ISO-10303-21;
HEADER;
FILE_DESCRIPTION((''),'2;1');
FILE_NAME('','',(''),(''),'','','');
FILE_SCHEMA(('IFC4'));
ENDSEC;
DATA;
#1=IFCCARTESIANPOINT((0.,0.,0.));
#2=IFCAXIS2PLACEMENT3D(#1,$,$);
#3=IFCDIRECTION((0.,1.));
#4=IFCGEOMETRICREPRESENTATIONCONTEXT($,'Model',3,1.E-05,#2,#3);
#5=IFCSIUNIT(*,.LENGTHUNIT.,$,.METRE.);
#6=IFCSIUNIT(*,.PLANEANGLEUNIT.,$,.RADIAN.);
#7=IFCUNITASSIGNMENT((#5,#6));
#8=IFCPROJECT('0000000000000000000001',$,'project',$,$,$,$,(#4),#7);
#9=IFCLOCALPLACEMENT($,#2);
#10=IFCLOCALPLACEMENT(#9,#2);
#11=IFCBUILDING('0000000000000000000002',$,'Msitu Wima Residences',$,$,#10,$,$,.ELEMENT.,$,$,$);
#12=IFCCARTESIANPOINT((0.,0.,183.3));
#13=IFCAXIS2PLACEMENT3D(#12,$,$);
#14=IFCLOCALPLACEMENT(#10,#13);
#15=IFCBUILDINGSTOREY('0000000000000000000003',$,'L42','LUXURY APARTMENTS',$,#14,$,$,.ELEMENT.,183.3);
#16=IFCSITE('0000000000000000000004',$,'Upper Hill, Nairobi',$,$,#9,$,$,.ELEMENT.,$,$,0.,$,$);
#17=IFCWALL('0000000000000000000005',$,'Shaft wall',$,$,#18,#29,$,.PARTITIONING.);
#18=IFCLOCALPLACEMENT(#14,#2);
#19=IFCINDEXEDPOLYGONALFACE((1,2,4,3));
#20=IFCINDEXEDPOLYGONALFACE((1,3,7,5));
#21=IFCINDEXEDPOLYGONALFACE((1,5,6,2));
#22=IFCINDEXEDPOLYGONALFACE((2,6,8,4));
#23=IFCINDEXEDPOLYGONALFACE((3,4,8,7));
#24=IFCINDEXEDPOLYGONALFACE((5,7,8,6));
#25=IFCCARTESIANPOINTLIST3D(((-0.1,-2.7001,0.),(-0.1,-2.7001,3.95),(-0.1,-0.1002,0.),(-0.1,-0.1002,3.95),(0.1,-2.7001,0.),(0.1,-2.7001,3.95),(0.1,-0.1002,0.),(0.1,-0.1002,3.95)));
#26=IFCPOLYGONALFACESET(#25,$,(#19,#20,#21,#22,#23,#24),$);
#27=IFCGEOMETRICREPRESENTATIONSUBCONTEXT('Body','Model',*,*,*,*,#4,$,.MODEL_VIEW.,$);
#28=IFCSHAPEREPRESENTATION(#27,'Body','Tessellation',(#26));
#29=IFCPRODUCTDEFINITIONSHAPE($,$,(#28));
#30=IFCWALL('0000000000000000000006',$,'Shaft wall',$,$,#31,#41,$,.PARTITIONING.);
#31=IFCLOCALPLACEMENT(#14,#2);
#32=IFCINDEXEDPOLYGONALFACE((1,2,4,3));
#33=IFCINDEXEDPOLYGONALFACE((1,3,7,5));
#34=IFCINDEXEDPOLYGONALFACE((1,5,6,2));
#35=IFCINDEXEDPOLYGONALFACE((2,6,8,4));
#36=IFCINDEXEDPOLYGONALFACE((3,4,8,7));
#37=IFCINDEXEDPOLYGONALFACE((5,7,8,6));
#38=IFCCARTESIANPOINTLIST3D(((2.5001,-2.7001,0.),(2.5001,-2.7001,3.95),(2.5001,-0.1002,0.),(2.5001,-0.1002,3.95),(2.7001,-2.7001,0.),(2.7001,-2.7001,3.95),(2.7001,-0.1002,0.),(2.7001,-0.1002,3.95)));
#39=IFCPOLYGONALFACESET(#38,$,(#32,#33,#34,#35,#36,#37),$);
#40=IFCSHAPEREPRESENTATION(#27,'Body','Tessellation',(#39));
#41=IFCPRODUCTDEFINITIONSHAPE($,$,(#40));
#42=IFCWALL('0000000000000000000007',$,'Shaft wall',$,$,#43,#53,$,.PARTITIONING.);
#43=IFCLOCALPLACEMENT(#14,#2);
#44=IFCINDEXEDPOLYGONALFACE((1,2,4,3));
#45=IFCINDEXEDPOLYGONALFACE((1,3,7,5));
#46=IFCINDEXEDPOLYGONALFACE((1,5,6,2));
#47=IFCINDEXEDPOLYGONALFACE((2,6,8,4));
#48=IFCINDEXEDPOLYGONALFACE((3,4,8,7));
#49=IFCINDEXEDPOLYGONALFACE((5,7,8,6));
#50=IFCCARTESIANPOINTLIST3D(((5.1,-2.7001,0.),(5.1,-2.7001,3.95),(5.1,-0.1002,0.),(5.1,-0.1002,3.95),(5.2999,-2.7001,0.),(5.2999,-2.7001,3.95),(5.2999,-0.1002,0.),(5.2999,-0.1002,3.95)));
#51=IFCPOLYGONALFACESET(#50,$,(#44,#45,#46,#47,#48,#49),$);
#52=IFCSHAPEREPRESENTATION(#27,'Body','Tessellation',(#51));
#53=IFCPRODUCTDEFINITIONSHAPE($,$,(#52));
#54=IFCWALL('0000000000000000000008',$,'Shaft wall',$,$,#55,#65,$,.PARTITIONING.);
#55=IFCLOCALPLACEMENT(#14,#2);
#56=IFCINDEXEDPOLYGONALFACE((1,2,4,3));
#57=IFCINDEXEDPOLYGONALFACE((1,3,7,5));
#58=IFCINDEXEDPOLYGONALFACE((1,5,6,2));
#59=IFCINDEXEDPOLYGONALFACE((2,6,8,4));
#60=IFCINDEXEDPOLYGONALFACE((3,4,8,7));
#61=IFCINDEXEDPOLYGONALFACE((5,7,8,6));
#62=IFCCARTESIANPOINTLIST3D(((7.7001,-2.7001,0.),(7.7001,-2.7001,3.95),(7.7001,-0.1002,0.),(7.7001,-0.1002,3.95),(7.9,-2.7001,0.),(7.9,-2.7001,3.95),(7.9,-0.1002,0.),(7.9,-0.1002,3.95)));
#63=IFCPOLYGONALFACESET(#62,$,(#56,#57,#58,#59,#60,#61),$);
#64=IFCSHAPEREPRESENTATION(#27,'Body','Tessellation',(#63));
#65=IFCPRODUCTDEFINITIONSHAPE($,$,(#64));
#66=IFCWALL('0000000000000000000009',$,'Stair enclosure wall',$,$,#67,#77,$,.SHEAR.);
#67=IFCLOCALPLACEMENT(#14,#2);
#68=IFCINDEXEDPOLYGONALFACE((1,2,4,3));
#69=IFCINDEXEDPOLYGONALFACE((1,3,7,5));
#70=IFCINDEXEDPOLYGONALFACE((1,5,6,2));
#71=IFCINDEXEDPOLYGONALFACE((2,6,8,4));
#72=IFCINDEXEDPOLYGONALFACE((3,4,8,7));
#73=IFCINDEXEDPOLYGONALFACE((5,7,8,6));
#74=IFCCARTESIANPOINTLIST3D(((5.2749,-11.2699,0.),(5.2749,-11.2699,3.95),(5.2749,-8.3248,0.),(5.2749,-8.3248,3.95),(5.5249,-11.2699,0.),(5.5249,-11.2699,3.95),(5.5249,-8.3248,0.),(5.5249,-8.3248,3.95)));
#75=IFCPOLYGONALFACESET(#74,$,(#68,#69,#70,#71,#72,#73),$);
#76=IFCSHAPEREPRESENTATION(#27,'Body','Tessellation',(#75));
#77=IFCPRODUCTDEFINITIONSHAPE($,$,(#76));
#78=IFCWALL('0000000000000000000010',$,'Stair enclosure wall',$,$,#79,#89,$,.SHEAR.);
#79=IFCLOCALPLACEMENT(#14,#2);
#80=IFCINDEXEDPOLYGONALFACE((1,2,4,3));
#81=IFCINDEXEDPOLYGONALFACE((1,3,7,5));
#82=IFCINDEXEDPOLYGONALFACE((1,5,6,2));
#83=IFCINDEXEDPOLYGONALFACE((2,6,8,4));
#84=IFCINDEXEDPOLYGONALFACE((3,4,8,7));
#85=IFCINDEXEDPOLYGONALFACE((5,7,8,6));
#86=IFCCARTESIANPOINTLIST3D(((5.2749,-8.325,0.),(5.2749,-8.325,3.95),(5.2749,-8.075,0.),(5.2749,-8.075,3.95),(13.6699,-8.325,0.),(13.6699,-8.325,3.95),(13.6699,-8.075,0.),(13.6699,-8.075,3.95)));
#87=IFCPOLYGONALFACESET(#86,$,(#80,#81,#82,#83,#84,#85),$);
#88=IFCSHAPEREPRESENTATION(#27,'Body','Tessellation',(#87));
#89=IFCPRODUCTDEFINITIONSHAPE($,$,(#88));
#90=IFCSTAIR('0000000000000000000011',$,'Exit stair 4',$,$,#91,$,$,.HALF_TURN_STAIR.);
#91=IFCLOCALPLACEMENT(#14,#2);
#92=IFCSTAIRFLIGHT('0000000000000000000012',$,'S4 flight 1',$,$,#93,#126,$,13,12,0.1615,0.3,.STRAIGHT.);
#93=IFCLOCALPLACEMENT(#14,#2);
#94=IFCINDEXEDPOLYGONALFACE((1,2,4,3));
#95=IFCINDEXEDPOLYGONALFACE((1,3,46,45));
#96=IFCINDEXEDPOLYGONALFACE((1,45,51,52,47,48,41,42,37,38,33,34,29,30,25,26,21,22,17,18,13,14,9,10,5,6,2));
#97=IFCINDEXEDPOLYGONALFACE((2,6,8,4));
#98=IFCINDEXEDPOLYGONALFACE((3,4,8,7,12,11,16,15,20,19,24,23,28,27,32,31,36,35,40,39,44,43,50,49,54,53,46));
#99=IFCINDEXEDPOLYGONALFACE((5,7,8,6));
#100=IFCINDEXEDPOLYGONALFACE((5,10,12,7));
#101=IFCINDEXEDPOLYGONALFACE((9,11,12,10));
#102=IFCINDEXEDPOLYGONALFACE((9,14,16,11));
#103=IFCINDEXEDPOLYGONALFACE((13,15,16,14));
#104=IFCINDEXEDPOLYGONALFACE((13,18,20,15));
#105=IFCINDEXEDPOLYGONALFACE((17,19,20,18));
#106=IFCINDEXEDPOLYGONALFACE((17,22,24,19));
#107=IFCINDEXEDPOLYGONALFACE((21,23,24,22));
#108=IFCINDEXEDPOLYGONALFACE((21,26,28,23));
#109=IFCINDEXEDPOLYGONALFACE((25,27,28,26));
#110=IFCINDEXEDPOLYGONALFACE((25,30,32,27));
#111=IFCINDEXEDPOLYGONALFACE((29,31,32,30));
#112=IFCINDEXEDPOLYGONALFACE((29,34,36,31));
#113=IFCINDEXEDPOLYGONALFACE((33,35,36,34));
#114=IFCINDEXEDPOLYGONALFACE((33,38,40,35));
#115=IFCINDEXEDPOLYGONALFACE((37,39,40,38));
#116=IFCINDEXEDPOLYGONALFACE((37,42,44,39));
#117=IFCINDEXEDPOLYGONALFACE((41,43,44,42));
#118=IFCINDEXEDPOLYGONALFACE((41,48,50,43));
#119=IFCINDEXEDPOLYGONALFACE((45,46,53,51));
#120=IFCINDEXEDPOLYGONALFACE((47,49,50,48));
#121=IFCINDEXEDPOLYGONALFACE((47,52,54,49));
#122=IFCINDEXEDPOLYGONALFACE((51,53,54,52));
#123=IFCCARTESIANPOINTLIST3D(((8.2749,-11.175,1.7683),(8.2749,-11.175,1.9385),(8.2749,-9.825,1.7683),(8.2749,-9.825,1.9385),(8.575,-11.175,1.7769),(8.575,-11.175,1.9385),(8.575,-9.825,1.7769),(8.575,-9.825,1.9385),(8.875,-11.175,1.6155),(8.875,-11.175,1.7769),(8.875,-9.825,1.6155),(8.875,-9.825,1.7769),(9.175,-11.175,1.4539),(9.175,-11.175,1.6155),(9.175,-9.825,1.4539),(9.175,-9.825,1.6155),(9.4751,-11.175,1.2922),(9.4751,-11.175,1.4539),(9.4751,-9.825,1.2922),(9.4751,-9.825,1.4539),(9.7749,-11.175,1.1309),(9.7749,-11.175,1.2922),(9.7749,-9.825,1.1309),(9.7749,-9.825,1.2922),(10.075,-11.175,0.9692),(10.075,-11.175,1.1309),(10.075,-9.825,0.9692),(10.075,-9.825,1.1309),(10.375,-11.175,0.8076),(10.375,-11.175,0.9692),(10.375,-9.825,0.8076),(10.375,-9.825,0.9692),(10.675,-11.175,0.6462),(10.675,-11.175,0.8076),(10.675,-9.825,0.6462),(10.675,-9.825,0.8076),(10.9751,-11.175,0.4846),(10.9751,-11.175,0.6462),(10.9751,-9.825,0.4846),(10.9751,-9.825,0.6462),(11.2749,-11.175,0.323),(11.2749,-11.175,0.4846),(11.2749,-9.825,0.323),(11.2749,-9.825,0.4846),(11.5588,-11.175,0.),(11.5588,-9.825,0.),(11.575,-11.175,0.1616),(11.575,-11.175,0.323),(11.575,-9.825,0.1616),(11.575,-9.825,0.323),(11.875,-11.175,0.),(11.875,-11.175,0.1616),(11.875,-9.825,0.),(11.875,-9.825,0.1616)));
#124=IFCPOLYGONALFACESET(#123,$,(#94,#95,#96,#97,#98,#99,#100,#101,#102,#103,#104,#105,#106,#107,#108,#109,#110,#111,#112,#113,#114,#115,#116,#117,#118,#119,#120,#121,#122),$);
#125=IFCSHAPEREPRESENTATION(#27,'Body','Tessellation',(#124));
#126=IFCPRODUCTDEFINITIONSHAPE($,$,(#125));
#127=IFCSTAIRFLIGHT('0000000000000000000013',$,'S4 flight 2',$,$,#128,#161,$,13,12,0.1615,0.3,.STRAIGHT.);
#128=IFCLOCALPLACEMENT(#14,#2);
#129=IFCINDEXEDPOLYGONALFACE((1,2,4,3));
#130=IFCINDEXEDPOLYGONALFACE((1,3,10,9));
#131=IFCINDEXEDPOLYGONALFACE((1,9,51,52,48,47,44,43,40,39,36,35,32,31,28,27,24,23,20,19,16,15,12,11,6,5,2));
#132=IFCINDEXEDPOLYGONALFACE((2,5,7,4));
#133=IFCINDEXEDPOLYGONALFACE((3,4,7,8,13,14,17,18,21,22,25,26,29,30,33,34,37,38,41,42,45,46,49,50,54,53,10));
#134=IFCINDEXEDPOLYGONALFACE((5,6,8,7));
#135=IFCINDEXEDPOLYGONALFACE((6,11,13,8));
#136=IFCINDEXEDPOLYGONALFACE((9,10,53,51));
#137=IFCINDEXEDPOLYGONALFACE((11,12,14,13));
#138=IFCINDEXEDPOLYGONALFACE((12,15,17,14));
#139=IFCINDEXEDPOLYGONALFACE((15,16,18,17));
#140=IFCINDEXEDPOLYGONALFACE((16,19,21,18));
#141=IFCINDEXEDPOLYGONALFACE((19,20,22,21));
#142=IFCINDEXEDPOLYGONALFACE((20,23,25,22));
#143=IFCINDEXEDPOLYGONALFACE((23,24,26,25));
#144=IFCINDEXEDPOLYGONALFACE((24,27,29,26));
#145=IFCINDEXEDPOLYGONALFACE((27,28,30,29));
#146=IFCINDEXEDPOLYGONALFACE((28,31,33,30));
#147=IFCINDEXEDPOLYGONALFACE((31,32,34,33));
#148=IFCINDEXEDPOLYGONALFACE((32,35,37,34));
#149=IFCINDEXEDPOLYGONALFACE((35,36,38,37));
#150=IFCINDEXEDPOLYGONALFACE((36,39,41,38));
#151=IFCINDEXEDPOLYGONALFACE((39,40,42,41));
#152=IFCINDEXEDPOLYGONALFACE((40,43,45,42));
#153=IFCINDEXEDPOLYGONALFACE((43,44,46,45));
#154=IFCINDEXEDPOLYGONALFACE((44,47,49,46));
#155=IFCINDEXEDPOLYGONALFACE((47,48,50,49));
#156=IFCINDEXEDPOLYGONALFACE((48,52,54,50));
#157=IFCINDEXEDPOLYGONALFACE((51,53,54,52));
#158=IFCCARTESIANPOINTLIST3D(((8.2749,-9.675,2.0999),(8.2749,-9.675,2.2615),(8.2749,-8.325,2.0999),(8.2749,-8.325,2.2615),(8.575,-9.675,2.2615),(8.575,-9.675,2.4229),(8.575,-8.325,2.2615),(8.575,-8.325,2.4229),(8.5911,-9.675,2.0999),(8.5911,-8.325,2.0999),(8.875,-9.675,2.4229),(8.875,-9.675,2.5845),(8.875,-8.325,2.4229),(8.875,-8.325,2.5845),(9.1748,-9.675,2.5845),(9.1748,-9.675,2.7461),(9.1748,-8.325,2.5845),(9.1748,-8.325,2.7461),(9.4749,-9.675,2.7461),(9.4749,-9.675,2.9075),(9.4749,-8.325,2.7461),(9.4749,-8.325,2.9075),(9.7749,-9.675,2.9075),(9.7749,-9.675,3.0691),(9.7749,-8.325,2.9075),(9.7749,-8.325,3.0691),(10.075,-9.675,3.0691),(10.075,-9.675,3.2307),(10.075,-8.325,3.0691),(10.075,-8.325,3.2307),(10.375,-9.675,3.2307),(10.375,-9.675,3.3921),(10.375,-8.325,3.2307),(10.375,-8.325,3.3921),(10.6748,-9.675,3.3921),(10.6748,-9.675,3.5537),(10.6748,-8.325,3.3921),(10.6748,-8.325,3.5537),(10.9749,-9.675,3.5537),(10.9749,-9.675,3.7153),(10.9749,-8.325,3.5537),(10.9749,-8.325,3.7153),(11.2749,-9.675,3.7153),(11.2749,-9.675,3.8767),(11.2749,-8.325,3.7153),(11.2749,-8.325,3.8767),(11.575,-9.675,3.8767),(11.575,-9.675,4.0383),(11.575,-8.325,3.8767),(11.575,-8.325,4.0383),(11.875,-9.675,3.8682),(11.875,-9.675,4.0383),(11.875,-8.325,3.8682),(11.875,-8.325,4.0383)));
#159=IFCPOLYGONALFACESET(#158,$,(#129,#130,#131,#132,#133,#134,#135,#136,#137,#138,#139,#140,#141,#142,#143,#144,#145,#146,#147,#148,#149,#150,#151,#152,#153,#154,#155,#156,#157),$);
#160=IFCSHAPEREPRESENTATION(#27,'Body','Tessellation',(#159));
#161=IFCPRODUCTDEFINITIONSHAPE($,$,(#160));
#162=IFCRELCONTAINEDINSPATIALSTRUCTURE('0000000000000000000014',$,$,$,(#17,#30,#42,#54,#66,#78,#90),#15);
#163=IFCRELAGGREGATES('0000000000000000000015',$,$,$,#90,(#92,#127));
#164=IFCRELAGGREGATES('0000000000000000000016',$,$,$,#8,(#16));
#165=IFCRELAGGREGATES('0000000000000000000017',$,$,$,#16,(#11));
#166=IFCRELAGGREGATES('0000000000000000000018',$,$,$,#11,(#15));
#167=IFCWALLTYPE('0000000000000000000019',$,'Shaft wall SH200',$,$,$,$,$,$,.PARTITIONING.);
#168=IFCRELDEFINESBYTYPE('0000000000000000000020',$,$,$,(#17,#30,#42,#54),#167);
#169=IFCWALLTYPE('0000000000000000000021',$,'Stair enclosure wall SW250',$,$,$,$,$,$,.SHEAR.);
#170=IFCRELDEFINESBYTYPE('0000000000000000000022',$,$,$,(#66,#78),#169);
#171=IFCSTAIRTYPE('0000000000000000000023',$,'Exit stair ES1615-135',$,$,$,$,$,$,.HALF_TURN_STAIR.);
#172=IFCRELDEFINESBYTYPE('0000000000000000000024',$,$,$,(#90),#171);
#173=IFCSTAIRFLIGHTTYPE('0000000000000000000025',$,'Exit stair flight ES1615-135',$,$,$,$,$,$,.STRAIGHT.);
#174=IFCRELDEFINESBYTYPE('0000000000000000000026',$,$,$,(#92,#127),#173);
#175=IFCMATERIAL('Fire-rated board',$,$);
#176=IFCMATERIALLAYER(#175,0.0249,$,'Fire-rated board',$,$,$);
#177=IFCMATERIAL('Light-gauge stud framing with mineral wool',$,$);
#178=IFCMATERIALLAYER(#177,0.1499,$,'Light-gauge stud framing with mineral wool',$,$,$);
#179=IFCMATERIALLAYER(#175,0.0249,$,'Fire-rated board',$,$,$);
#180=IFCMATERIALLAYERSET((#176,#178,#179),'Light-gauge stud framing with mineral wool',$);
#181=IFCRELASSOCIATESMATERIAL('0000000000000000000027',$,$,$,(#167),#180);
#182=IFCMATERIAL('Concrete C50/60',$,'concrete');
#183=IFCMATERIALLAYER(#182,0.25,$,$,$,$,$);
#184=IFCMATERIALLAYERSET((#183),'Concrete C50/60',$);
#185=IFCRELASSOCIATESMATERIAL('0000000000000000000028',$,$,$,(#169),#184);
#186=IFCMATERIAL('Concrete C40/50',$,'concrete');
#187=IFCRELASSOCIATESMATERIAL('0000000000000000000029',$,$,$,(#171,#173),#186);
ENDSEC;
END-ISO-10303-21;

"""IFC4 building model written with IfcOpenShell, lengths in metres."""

from ifc_helpers import new_model, si_unit, direction, frame, frame_2d, origin, place, context, subcontext, project, spatial, polyline, rectangle, outline, extrude, material, layer, layer_set, type_object, element, aggregate, save


model = new_model("IFC4")

# Units and contexts
model_context = context("Model", 3, precision=1e-05, world=origin(), true_north=direction((0.0, 1.0)))
body_context = subcontext(model_context, "Body", "Model", "MODEL_VIEW")
ifc_project = project(units=[si_unit("LENGTHUNIT", "METRE"), si_unit("PLANEANGLEUNIT", "RADIAN")], contexts=[model_context])

# Site, building, storey
site_placement = place(None, origin())
site = spatial("IfcSite", under=ifc_project, at=site_placement, Name="Upper Hill, Nairobi", CompositionType="ELEMENT", RefElevation=0.0)
building_placement = place(site_placement, origin())
building = spatial("IfcBuilding", under=site, at=building_placement, Name="Msitu Wima Residences", CompositionType="ELEMENT")
storey_placement = place(building_placement, frame((0.0, 0.0, 183.3)))
storey = spatial("IfcBuildingStorey", under=building, at=storey_placement, Name="L42", Description="LUXURY APARTMENTS", CompositionType="ELEMENT", Elevation=183.3)

# Shared definitions
ifc_material_1 = material(Name="Concrete C40/50", Category="concrete")

# Walls
ifc_material_2 = material(Name="Fire-rated board")
ifc_layer_1 = layer(ifc_material_2, 0.0249, Name="Fire-rated board")
ifc_material_3 = material(Name="Light-gauge stud framing with mineral wool")
ifc_layer_2 = layer(ifc_material_3, 0.1499, Name="Light-gauge stud framing with mineral wool")
ifc_layer_3 = layer(ifc_material_2, 0.0249, Name="Fire-rated board")
ifc_layer_set_1 = layer_set([ifc_layer_1, ifc_layer_2, ifc_layer_3], Name="Light-gauge stud framing with mineral wool")
wall_type_1 = type_object("IfcWallType", Name="Shaft wall SH200", PredefinedType="PARTITIONING", material=ifc_layer_set_1)
for number, where, z_axis, x_axis, name in (
    (1, (0.0, -2.7, 0.0), (0.0, 0.0, 1.0), (0.0, 1.0, 0.0), "Shaft wall"),
    (2, (2.6001, -2.7, 0.0), (0.0, 0.0, 1.0), (0.0, 1.0, 0.0), "Shaft wall"),
    (3, (5.2, -2.7, 0.0), (0.0, 0.0, 1.0), (0.0, 1.0, 0.0), "Shaft wall"),
    (4, (7.8, -2.7, 0.0), (0.0, 0.0, 1.0), (0.0, 1.0, 0.0), "Shaft wall"),
):
    element("IfcWall", number, at=place(storey_placement, frame(where, z_axis=z_axis, x_axis=x_axis)), inside=storey, type_object=wall_type_1, Name=name, PredefinedType="PARTITIONING", context=body_context, shape_type="SweptSolid", body=[
        extrude(rectangle(XDim=2.5999, YDim=0.2, at=frame_2d((1.2998, 0.0))), origin(), (0.0, 0.0, 1.0), 3.95),
    ])
ifc_material_4 = material(Name="Concrete C50/60", Category="concrete")
ifc_layer_4 = layer(ifc_material_4, 0.25)
ifc_layer_set_2 = layer_set([ifc_layer_4], Name="Concrete C50/60")
wall_type_2 = type_object("IfcWallType", Name="Stair enclosure wall SW250", PredefinedType="SHEAR", material=ifc_layer_set_2)
wall_1_placement = place(storey_placement, frame((5.3999, -11.27, 0.0), z_axis=(0.0, 0.0, 1.0), x_axis=(0.0, 1.0, 0.0)))
element("IfcWall", 5, at=wall_1_placement, inside=storey, type_object=wall_type_2, Name="Stair enclosure wall", PredefinedType="SHEAR", context=body_context, shape_type="SweptSolid", body=[
    extrude(rectangle(XDim=2.9451, YDim=0.25, at=frame_2d((1.4727, 0.0))), origin(), (0.0, 0.0, 1.0), 3.95),
])
wall_2_placement = place(storey_placement, frame((5.2749, -8.2, 0.0), z_axis=(0.0, 0.0, 1.0), x_axis=(1.0, 0.0, 0.0)))
element("IfcWall", 6, at=wall_2_placement, inside=storey, type_object=wall_type_2, Name="Stair enclosure wall", PredefinedType="SHEAR", context=body_context, shape_type="SweptSolid", body=[
    extrude(rectangle(XDim=8.395, YDim=0.25, at=frame_2d((4.1975, 0.0))), origin(), (0.0, 0.0, 1.0), 3.95),
])

# Stair, stair flights
stair_type = type_object("IfcStairType", Name="Exit stair ES1615-135", PredefinedType="HALF_TURN_STAIR", material=ifc_material_1)
stair_placement = place(storey_placement, origin())
stair = element("IfcStair", 7, at=stair_placement, inside=storey, type_object=stair_type, Name="Exit stair 4", PredefinedType="HALF_TURN_STAIR")
stair_flight_type = type_object("IfcStairFlightType", Name="Exit stair flight ES1615-135", PredefinedType="STRAIGHT", material=ifc_material_1)
stair_flight_1_placement = place(storey_placement, frame((11.875, -10.5, 0.0), z_axis=(0.0, 0.0, 1.0), x_axis=(-1.0, 0.0, 0.0)))
stair_flight_1 = element("IfcStairFlight", 8, at=stair_flight_1_placement, type_object=stair_flight_type, Name="S4 flight 1", NumberOfRisers=13, NumberOfTreads=12, PredefinedType="STRAIGHT", RiserHeight=0.1615, TreadLength=0.3, context=body_context, shape_type="SweptSolid", body=[
    extrude(outline(polyline([(0.0, 0.0), (0.0, 0.1616), (0.3, 0.1616), (0.3, 0.323), (0.6001, 0.323), (0.6001, 0.4846), (0.8999, 0.4846), (0.8999, 0.6462), (1.2, 0.6462), (1.2, 0.8076), (1.5, 0.8076), (1.5, 0.9692), (1.8, 0.9692), (1.8, 1.1309), (2.1001, 1.1309), (2.1001, 1.2922), (2.3999, 1.2922), (2.3999, 1.4539), (2.7, 1.4539), (2.7, 1.6155), (3.0, 1.6155), (3.0, 1.7769), (3.3, 1.7769), (3.3, 1.9385), (3.6001, 1.9385), (3.6001, 2.1001), (3.6001, 1.7683), (0.3162, 0.0), (0.0, 0.0)])), frame((0.0, 0.675, 0.0), z_axis=(0.0, -1.0, 0.0), x_axis=(1.0, 0.0, 0.0)), (0.0, 0.0, 1.0), 1.3501),
])
stair_flight_2_placement = place(storey_placement, frame((8.2749, -9.0, 2.0999), z_axis=(0.0, 0.0, 1.0), x_axis=(1.0, 0.0, 0.0)))
stair_flight_2 = element("IfcStairFlight", 9, at=stair_flight_2_placement, type_object=stair_flight_type, Name="S4 flight 2", NumberOfRisers=13, NumberOfTreads=12, PredefinedType="STRAIGHT", RiserHeight=0.1615, TreadLength=0.3, context=body_context, shape_type="SweptSolid", body=[
    extrude(outline(polyline([(0.0, 0.0), (0.0, 0.1616), (0.3, 0.1616), (0.3, 0.323), (0.6001, 0.323), (0.6001, 0.4846), (0.8999, 0.4846), (0.8999, 0.6462), (1.2, 0.6462), (1.2, 0.8076), (1.5, 0.8076), (1.5, 0.9692), (1.8, 0.9692), (1.8, 1.1309), (2.1001, 1.1309), (2.1001, 1.2922), (2.3999, 1.2922), (2.3999, 1.4539), (2.7, 1.4539), (2.7, 1.6155), (3.0, 1.6155), (3.0, 1.7769), (3.3, 1.7769), (3.3, 1.9385), (3.6001, 1.9385), (3.6001, 2.1001), (3.6001, 1.7683), (0.3162, 0.0), (0.0, 0.0)])), frame((0.0, 0.675, 0.0), z_axis=(0.0, -1.0, 0.0), x_axis=(1.0, 0.0, 0.0)), (0.0, 0.0, 1.0), 1.3501),
])
aggregate(stair, [stair_flight_1, stair_flight_2])

save(model, "model.ifc")
